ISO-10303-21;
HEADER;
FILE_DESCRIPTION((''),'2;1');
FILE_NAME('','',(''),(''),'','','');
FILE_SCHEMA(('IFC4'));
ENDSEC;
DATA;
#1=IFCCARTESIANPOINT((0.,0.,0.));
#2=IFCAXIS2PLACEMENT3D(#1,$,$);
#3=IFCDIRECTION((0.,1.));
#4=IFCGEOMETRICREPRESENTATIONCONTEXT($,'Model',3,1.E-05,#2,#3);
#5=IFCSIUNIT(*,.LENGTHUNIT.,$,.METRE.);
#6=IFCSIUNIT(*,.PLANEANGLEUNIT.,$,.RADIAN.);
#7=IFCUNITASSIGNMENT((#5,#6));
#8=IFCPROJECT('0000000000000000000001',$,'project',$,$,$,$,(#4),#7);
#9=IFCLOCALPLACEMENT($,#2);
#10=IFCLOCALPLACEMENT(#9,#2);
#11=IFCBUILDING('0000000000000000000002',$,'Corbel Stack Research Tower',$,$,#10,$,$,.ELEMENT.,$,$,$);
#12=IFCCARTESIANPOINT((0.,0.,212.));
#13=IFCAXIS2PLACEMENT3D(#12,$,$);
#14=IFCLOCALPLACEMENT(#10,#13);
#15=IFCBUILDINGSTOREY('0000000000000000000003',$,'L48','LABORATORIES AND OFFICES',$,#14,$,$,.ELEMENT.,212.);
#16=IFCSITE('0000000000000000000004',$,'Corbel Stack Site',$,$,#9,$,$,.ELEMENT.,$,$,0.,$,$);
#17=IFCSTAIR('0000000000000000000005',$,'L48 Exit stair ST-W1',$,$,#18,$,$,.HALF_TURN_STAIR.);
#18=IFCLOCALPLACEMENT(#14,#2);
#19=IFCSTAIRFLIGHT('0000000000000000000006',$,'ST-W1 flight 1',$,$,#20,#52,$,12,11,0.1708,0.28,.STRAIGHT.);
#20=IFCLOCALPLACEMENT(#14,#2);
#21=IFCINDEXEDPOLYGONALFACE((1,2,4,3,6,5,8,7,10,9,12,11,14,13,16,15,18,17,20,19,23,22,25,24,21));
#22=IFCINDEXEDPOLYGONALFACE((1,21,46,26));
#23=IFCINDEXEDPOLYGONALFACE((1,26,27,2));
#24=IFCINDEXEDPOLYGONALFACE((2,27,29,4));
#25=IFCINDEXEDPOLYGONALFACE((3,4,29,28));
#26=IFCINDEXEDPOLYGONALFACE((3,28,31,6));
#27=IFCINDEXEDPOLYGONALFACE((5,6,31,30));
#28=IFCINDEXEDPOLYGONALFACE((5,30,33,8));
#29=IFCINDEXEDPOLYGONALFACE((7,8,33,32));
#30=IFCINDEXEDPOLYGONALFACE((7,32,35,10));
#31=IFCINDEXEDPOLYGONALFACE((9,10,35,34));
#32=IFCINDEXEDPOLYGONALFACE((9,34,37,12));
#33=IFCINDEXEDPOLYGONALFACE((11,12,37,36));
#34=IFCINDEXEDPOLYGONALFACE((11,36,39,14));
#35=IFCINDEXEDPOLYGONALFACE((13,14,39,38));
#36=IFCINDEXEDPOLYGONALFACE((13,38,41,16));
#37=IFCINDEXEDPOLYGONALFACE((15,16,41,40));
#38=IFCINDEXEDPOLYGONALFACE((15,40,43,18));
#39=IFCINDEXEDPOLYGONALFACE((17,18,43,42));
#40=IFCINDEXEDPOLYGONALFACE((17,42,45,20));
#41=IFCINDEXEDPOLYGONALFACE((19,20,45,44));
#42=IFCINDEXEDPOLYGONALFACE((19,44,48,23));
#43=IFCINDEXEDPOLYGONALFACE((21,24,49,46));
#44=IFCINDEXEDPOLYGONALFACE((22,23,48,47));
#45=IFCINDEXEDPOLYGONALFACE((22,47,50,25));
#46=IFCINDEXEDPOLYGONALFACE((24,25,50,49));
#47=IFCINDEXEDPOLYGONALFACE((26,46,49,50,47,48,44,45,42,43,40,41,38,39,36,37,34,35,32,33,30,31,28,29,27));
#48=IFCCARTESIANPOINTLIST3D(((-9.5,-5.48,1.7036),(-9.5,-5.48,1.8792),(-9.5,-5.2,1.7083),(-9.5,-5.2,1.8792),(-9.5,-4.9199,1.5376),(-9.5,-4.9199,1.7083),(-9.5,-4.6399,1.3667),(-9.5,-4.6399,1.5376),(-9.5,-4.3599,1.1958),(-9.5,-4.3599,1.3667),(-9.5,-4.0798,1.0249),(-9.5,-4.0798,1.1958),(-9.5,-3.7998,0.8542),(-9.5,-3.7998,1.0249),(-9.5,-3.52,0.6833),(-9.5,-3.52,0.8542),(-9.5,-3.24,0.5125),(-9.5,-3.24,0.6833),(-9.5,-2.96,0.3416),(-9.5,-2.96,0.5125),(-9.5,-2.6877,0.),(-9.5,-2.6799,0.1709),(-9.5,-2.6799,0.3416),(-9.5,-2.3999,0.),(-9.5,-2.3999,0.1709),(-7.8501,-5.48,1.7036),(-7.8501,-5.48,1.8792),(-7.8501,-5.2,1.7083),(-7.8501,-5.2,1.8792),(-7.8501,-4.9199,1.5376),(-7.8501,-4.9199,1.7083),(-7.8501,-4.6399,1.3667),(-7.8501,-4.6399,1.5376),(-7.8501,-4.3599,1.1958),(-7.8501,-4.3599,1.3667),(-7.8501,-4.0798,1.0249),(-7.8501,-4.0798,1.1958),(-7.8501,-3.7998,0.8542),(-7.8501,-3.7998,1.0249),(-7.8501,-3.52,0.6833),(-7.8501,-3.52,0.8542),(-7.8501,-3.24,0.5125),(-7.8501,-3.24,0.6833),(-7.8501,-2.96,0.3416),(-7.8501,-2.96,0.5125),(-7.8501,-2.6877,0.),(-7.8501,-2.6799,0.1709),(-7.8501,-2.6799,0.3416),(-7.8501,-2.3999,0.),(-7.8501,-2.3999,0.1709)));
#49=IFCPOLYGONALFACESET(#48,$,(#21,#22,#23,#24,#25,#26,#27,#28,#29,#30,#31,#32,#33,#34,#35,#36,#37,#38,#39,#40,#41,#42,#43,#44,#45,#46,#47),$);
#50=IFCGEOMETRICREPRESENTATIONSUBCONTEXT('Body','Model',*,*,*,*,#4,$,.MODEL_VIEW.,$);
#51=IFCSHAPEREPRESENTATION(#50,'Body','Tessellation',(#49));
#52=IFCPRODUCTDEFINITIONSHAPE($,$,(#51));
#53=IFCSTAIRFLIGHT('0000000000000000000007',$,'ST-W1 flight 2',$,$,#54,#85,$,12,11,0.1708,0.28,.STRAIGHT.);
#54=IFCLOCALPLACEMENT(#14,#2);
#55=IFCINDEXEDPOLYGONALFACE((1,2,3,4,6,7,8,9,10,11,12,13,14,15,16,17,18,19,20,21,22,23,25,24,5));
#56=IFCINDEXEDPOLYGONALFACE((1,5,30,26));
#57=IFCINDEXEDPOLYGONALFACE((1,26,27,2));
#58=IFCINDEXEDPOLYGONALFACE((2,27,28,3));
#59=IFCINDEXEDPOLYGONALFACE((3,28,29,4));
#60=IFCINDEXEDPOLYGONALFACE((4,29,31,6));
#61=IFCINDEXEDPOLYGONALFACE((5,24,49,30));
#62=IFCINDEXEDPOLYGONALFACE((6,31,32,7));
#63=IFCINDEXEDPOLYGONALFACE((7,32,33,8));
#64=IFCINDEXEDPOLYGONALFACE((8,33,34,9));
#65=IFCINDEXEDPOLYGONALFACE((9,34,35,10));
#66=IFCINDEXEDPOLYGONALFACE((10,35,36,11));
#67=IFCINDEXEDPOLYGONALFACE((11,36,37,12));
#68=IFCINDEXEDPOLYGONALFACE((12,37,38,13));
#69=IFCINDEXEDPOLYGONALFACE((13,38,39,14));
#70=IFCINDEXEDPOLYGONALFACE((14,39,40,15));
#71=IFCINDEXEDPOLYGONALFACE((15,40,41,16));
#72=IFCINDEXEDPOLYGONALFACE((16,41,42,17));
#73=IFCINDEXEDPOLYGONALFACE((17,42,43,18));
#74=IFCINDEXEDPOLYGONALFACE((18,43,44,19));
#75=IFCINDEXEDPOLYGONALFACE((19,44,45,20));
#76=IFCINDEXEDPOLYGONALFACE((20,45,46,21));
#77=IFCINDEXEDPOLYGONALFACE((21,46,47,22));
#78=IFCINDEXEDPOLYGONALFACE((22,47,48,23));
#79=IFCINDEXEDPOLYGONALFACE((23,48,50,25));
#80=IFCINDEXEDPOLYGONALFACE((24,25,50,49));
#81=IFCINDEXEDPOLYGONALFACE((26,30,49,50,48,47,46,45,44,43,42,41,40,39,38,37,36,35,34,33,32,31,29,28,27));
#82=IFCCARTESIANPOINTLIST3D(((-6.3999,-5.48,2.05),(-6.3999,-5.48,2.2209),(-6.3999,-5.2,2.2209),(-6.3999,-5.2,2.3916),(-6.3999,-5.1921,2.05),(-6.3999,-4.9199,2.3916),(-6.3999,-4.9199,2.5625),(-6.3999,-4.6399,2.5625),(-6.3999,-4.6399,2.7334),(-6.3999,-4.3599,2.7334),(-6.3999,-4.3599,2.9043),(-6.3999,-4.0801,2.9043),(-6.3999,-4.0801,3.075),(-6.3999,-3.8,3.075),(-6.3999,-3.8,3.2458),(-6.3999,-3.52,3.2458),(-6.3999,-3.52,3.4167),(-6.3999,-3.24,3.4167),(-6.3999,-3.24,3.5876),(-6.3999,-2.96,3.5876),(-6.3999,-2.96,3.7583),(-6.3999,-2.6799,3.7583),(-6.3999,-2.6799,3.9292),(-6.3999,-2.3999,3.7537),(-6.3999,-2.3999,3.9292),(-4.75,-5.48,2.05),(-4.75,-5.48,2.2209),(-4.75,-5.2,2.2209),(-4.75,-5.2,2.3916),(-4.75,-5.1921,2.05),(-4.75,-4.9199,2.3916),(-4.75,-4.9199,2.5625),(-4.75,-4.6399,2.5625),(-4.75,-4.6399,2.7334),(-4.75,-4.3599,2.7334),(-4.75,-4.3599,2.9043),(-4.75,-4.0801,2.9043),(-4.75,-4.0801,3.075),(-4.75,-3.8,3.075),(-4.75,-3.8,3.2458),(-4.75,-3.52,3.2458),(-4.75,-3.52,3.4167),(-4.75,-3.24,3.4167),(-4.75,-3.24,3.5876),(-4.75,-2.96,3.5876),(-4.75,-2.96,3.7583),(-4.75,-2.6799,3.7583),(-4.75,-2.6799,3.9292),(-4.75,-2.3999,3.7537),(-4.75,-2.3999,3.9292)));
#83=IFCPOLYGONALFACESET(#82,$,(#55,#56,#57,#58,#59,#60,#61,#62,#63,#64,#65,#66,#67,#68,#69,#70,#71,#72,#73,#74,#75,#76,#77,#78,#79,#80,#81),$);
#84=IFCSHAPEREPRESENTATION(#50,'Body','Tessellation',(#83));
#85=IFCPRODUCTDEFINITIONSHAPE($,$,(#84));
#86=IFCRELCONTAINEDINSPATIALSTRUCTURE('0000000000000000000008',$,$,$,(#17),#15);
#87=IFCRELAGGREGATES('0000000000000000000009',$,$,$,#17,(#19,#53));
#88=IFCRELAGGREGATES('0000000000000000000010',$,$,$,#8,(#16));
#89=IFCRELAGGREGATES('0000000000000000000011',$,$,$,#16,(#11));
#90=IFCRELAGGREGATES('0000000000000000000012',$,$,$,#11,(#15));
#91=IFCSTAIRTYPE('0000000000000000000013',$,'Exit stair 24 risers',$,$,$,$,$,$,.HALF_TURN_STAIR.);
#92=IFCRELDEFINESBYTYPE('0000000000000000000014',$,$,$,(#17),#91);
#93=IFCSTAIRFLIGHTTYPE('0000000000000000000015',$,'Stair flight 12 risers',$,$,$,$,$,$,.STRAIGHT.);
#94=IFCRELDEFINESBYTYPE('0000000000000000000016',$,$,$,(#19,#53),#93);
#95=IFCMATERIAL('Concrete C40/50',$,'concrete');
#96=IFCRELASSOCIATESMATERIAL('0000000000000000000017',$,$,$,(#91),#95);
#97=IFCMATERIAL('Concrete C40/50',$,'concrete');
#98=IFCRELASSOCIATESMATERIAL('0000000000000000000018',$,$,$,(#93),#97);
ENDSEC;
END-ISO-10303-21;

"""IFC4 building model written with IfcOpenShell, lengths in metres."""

from ifc_helpers import new_model, si_unit, direction, frame, origin, place, context, subcontext, project, spatial, polyline, outline, extrude, material, type_object, element, aggregate, save


model = new_model("IFC4")

# Units and contexts
model_context = context("Model", 3, precision=1e-05, world=origin(), true_north=direction((0.0, 1.0)))
body_context = subcontext(model_context, "Body", "Model", "MODEL_VIEW")
ifc_project = project(units=[si_unit("LENGTHUNIT", "METRE"), si_unit("PLANEANGLEUNIT", "RADIAN")], contexts=[model_context])

# Site, building, storey
site_placement = place(None, origin())
site = spatial("IfcSite", under=ifc_project, at=site_placement, Name="Corbel Stack Site", CompositionType="ELEMENT", RefElevation=0.0)
building_placement = place(site_placement, origin())
building = spatial("IfcBuilding", under=site, at=building_placement, Name="Corbel Stack Research Tower", CompositionType="ELEMENT")
storey_placement = place(building_placement, frame((0.0, 0.0, 212.0)))
storey = spatial("IfcBuildingStorey", under=building, at=storey_placement, Name="L48", Description="LABORATORIES AND OFFICES", CompositionType="ELEMENT", Elevation=212.0)

# Stair, stair flights
ifc_material_1 = material(Name="Concrete C40/50", Category="concrete")
stair_type = type_object("IfcStairType", Name="Exit stair 24 risers", PredefinedType="HALF_TURN_STAIR", material=ifc_material_1)
stair_placement = place(storey_placement, origin())
stair = element("IfcStair", 1, at=stair_placement, inside=storey, type_object=stair_type, Name="L48 Exit stair ST-W1", PredefinedType="HALF_TURN_STAIR")
ifc_material_2 = material(Name="Concrete C40/50", Category="concrete")
stair_flight_type = type_object("IfcStairFlightType", Name="Stair flight 12 risers", PredefinedType="STRAIGHT", material=ifc_material_2)
stair_flight_1_placement = place(storey_placement, frame((-8.675, -2.3999, 0.0), z_axis=(0.0, 0.0, 1.0), x_axis=(0.0, -1.0, 0.0)))
stair_flight_1 = element("IfcStairFlight", 2, at=stair_flight_1_placement, type_object=stair_flight_type, Name="ST-W1 flight 1", NumberOfRisers=12, NumberOfTreads=11, PredefinedType="STRAIGHT", RiserHeight=0.1708, TreadLength=0.28, context=body_context, shape_type="SweptSolid", body=[
    extrude(outline(polyline([(0.0, 0.0), (0.0, 0.1709), (0.28, 0.1709), (0.28, 0.3416), (0.5601, 0.3416), (0.5601, 0.5125), (0.8401, 0.5125), (0.8401, 0.6833), (1.1201, 0.6833), (1.1201, 0.8542), (1.3999, 0.8542), (1.3999, 1.0249), (1.6799, 1.0249), (1.6799, 1.1958), (1.96, 1.1958), (1.96, 1.3667), (2.24, 1.3667), (2.24, 1.5376), (2.52, 1.5376), (2.52, 1.7083), (2.8, 1.7083), (2.8, 1.8792), (3.0801, 1.8792), (3.0801, 2.05), (3.0801, 1.7036), (0.2878, 0.0), (0.0, 0.0)])), frame((0.0, 0.825, 0.0), z_axis=(0.0, -1.0, 0.0), x_axis=(1.0, 0.0, 0.0)), (0.0, 0.0, 1.0), 1.6499),
])
stair_flight_2_placement = place(storey_placement, frame((-5.575, -5.48, 2.05), z_axis=(0.0, 0.0, 1.0), x_axis=(0.0, 1.0, 0.0)))
stair_flight_2 = element("IfcStairFlight", 3, at=stair_flight_2_placement, type_object=stair_flight_type, Name="ST-W1 flight 2", NumberOfRisers=12, NumberOfTreads=11, PredefinedType="STRAIGHT", RiserHeight=0.1708, TreadLength=0.28, context=body_context, shape_type="SweptSolid", body=[
    extrude(outline(polyline([(0.0, 0.0), (0.0, 0.1709), (0.28, 0.1709), (0.28, 0.3416), (0.5601, 0.3416), (0.5601, 0.5125), (0.8401, 0.5125), (0.8401, 0.6833), (1.1201, 0.6833), (1.1201, 0.8542), (1.3999, 0.8542), (1.3999, 1.0249), (1.6799, 1.0249), (1.6799, 1.1958), (1.96, 1.1958), (1.96, 1.3667), (2.24, 1.3667), (2.24, 1.5376), (2.52, 1.5376), (2.52, 1.7083), (2.8, 1.7083), (2.8, 1.8792), (3.0801, 1.8792), (3.0801, 2.05), (3.0801, 1.7036), (0.2878, 0.0), (0.0, 0.0)])), frame((0.0, 0.825, 0.0), z_axis=(0.0, -1.0, 0.0), x_axis=(1.0, 0.0, 0.0)), (0.0, 0.0, 1.0), 1.6499),
])
aggregate(stair, [stair_flight_1, stair_flight_2])

save(model, "model.ifc")
